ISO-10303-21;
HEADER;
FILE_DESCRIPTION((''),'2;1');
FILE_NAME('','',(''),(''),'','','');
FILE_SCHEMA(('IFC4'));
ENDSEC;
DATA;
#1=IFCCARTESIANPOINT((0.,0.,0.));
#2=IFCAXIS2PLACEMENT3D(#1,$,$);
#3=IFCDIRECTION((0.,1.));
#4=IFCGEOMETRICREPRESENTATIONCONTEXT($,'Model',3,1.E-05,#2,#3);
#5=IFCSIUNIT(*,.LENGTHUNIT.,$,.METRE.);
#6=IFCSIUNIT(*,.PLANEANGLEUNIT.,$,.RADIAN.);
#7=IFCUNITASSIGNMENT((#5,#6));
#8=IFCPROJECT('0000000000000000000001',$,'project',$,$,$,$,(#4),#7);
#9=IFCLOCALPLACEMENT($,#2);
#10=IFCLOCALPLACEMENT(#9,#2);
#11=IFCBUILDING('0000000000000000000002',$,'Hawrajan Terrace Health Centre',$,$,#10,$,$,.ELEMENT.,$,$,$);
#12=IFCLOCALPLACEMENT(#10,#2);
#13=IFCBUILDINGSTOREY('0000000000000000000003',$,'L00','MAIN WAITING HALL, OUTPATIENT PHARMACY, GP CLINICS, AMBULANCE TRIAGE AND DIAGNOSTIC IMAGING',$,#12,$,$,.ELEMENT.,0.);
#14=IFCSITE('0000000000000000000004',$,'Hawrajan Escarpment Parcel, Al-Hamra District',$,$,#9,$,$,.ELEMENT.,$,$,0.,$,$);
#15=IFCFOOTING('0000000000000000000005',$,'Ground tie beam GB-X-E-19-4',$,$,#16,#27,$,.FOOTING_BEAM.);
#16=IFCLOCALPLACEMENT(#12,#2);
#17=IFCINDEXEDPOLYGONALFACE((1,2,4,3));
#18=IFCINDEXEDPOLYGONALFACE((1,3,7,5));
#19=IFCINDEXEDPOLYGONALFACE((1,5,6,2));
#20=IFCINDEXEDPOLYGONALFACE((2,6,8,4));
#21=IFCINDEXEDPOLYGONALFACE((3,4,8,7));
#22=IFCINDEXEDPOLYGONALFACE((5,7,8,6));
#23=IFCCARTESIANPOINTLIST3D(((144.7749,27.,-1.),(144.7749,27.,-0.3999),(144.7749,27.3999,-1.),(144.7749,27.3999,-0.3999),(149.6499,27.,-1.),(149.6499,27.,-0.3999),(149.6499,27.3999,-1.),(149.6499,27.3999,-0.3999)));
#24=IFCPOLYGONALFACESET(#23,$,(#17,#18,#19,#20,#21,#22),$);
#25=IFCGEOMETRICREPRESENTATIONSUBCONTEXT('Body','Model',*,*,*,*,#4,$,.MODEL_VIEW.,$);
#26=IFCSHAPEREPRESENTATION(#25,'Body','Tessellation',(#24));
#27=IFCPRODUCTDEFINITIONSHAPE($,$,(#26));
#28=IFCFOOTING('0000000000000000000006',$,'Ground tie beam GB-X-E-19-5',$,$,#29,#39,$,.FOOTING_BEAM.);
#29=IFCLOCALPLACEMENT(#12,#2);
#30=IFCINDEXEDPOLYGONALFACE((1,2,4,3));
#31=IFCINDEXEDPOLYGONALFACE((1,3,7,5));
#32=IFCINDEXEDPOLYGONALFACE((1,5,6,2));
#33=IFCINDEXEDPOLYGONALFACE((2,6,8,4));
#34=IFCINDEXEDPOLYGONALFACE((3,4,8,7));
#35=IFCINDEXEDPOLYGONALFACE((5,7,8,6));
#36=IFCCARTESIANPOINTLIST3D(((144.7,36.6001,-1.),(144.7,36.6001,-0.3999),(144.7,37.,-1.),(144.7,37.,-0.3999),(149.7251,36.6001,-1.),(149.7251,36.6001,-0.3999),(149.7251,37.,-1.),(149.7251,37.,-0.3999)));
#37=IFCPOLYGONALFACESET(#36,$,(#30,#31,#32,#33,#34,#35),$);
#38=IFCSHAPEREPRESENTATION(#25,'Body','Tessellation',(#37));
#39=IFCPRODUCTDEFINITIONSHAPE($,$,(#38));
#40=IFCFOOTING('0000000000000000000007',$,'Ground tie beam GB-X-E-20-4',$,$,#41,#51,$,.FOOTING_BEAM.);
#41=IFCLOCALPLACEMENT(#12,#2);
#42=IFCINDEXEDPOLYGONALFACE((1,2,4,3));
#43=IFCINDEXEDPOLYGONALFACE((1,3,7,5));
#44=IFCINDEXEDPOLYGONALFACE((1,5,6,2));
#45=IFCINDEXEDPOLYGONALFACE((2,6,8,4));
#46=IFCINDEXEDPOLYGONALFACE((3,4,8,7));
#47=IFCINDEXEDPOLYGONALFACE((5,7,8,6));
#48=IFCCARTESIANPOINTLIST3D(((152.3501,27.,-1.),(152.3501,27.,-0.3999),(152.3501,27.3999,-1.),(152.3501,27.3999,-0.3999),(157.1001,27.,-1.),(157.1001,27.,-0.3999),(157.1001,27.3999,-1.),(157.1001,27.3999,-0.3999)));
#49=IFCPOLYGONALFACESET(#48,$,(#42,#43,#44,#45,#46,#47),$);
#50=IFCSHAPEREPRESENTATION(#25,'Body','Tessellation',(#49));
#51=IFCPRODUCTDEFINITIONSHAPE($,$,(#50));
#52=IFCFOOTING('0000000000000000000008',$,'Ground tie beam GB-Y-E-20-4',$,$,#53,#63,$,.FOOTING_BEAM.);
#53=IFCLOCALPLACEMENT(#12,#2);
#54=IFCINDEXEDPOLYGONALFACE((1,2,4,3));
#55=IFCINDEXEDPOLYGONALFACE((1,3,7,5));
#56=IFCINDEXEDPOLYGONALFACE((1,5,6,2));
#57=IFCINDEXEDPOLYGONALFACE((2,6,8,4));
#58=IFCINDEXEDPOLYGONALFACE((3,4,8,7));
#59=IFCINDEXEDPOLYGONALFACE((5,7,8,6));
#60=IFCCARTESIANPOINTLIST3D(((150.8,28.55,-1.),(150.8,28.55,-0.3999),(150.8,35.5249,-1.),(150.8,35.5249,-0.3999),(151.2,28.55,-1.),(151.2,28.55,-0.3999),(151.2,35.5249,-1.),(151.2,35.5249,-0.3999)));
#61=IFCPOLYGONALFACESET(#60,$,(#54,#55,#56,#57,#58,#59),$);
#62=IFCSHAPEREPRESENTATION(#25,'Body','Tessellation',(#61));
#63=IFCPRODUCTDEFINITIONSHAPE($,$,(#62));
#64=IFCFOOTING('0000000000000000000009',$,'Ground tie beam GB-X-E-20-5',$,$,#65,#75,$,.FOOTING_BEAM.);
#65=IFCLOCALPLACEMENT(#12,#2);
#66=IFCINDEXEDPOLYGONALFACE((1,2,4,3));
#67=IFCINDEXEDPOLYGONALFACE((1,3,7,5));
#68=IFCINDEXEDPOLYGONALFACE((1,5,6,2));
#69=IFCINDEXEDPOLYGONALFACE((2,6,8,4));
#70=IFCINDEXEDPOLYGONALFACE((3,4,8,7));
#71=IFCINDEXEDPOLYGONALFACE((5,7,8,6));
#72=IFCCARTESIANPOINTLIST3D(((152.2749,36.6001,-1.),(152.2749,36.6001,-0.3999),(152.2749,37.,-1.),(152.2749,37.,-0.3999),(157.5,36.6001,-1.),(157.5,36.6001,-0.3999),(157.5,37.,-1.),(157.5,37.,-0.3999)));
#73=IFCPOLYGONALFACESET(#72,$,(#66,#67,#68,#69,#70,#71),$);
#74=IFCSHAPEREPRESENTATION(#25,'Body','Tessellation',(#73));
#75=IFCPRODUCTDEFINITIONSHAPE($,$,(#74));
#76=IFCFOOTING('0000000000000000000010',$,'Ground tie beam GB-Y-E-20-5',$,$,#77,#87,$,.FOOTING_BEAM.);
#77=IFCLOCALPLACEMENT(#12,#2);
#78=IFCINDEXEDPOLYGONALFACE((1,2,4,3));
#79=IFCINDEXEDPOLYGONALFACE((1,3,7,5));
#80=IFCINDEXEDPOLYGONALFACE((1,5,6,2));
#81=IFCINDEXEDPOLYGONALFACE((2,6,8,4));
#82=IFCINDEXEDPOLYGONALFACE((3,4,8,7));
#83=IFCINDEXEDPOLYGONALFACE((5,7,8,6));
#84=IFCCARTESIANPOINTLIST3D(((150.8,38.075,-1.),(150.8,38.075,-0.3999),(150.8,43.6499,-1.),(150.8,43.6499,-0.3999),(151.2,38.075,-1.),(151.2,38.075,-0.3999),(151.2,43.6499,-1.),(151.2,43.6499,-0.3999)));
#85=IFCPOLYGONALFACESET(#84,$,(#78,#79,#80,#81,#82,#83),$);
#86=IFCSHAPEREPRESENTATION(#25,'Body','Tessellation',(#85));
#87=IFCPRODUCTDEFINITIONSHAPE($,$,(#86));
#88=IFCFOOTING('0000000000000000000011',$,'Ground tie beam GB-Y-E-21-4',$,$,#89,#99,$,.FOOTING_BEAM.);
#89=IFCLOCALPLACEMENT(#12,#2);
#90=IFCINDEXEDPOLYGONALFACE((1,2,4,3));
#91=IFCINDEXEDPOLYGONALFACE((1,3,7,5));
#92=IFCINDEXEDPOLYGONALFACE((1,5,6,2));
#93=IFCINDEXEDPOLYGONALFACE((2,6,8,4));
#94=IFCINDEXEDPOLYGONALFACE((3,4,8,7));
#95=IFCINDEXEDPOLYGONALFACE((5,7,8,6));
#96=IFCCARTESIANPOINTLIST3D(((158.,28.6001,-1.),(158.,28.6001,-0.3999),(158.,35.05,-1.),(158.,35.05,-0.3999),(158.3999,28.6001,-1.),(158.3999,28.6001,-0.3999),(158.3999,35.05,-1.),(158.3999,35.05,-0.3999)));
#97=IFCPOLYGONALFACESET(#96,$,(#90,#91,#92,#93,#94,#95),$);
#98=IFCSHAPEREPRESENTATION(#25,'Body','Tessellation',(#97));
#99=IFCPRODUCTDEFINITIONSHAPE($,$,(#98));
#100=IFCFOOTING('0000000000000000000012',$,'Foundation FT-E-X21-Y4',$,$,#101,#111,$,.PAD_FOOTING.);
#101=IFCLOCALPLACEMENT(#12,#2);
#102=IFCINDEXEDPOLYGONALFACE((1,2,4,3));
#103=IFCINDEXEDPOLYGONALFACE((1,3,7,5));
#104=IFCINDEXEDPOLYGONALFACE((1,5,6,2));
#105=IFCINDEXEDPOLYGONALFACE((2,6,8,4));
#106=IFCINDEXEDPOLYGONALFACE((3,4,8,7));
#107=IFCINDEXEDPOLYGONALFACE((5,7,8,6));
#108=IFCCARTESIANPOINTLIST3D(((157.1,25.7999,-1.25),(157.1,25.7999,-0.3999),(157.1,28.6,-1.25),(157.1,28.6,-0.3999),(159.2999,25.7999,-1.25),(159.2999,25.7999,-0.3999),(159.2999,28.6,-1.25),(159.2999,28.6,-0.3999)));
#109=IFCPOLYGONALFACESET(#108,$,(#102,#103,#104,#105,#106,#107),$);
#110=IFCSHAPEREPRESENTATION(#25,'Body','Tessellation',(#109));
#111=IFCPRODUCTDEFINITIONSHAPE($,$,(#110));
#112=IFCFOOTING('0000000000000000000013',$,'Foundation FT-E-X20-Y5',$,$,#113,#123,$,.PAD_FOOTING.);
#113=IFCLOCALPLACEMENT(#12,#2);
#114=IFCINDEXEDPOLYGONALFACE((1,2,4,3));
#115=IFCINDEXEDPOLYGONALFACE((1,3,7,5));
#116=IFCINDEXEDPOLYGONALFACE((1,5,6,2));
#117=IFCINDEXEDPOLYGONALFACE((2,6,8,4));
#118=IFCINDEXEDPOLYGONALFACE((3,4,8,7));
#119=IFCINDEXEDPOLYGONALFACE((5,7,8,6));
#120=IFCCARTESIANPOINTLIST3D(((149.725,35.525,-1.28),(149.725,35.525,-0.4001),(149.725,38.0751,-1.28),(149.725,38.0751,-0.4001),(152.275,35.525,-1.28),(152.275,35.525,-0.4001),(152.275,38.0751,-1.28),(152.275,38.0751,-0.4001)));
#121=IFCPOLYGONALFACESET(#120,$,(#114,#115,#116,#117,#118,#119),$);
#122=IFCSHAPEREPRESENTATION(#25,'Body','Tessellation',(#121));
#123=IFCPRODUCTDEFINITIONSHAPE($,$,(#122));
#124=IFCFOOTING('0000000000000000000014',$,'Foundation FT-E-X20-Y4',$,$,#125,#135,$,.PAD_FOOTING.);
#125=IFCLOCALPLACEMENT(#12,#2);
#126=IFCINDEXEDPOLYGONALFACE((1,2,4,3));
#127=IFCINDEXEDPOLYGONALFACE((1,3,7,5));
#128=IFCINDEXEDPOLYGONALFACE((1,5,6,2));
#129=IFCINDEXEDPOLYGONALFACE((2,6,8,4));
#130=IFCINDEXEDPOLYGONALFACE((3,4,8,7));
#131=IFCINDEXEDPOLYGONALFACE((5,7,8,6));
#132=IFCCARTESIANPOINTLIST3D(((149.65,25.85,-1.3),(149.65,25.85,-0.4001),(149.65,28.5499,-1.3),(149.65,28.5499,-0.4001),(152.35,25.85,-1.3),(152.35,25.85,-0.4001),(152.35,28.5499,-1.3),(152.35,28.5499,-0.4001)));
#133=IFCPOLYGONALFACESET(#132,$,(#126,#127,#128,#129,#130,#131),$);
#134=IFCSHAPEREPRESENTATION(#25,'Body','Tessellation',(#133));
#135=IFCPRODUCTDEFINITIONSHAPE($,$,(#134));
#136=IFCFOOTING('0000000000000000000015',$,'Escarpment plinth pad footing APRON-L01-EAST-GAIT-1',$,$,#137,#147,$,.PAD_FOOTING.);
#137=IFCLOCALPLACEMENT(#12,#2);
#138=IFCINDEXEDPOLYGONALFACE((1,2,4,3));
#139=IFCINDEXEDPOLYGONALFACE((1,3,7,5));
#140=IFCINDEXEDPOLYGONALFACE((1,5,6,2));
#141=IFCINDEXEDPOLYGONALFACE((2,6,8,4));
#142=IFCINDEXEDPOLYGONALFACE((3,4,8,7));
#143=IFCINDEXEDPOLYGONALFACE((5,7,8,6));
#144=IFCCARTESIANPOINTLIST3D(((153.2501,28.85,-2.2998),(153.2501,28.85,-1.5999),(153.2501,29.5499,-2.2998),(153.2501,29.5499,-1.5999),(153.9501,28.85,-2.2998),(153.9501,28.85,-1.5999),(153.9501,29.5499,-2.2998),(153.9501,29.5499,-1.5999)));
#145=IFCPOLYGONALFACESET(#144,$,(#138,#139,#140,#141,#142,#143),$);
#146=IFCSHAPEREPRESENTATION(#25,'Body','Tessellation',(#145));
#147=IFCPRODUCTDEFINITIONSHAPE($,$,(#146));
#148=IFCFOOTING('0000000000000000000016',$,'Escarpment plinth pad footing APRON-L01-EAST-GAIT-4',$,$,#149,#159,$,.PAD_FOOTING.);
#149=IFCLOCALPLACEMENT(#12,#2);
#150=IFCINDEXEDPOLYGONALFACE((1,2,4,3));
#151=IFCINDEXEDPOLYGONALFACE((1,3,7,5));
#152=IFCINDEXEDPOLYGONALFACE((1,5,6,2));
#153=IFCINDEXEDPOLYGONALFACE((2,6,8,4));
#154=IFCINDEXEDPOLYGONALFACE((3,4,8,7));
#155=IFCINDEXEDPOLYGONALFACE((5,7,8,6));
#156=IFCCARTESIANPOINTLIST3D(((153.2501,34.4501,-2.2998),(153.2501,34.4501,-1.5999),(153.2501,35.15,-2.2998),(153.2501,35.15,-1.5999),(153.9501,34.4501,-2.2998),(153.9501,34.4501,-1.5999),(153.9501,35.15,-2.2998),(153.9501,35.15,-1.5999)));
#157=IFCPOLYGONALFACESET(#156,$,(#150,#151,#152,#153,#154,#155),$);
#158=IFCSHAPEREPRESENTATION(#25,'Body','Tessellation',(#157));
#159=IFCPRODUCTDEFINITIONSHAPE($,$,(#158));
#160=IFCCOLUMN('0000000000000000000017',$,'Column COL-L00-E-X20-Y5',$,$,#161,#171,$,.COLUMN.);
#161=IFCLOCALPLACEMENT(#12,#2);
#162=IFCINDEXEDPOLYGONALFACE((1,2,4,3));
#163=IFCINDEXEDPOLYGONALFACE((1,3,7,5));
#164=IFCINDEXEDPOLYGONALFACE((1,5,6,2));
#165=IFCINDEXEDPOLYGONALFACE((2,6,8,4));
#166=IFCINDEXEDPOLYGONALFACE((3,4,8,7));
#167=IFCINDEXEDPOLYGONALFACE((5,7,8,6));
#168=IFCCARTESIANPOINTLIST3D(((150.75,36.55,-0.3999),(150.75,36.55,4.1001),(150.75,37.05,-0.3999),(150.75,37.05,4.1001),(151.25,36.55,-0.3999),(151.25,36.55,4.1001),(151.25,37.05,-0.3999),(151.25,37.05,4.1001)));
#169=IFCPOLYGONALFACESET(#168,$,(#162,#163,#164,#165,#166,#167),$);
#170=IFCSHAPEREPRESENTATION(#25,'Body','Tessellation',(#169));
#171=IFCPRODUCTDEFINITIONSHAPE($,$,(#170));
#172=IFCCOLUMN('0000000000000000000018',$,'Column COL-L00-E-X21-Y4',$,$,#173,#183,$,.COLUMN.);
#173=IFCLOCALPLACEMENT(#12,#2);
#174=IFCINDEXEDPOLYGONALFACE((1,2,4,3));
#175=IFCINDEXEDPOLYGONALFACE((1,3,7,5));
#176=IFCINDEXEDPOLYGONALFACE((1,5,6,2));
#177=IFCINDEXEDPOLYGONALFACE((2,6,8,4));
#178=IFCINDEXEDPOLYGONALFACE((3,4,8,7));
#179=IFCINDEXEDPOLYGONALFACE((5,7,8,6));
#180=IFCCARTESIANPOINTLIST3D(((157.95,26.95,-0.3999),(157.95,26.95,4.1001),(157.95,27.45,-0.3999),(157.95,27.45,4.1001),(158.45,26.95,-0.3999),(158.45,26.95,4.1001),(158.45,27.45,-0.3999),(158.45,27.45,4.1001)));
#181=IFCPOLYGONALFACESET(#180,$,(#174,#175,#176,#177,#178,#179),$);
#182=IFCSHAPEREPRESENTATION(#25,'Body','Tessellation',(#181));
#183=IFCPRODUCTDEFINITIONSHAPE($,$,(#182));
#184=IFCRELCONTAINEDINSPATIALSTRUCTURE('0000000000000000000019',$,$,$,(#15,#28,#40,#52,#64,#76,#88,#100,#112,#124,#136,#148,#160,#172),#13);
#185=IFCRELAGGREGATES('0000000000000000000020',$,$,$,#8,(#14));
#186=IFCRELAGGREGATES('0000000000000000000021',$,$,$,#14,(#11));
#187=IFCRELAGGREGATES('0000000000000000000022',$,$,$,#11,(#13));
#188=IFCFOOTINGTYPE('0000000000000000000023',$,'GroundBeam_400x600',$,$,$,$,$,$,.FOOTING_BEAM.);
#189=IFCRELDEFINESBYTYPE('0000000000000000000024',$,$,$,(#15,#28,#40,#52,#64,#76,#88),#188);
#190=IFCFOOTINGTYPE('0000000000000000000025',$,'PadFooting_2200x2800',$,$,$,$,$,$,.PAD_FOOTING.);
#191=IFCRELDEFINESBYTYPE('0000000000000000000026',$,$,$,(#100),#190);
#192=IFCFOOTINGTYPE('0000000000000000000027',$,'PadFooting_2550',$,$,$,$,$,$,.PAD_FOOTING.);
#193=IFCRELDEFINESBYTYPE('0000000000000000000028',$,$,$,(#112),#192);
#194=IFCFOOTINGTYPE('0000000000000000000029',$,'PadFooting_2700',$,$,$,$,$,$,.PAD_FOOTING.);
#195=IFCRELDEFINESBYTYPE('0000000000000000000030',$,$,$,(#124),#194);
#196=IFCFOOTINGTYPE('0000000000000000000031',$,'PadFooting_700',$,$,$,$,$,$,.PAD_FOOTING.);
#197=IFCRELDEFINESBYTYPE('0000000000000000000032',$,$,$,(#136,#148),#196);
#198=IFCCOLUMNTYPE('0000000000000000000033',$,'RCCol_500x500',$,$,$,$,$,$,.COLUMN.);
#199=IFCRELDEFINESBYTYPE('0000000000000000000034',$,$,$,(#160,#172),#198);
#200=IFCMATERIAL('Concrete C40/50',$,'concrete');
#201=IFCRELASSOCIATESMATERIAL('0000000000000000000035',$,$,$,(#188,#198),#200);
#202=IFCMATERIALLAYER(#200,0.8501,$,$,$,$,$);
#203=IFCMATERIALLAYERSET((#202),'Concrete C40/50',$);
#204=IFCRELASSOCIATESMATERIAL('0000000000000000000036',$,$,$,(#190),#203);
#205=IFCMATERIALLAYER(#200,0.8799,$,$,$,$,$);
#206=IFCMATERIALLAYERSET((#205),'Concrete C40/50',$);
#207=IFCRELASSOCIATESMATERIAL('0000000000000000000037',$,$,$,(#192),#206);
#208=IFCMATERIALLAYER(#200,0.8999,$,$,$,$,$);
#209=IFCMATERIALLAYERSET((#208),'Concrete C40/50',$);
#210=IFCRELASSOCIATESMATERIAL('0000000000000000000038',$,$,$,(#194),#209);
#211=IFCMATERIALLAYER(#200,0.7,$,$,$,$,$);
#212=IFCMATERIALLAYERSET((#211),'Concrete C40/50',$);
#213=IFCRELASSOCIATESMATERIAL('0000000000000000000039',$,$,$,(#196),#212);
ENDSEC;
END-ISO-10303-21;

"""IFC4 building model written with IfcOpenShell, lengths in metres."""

from ifc_helpers import new_model, si_unit, direction, frame, origin, origin_2d, place, context, subcontext, project, spatial, rectangle, extrude, material, layer, layer_set, material_profile, profile_set, type_object, element, save


model = new_model("IFC4")

# Units and contexts
model_context = context("Model", 3, precision=1e-05, world=origin(), true_north=direction((0.0, 1.0)))
body_context = subcontext(model_context, "Body", "Model", "MODEL_VIEW")
ifc_project = project(units=[si_unit("LENGTHUNIT", "METRE"), si_unit("PLANEANGLEUNIT", "RADIAN")], contexts=[model_context])

# Site, building, storey
site_placement = place(None, origin())
site = spatial("IfcSite", under=ifc_project, at=site_placement, Name="Hawrajan Escarpment Parcel, Al-Hamra District", CompositionType="ELEMENT", RefElevation=0.0)
building_placement = place(site_placement, origin())
building = spatial("IfcBuilding", under=site, at=building_placement, Name="Hawrajan Terrace Health Centre", CompositionType="ELEMENT")
storey_placement = place(building_placement, origin())
storey = spatial("IfcBuildingStorey", under=building, at=storey_placement, Name="L00", Description="MAIN WAITING HALL, OUTPATIENT PHARMACY, GP CLINICS, AMBULANCE TRIAGE AND DIAGNOSTIC IMAGING", CompositionType="ELEMENT", Elevation=0.0)

# Footings
ifc_material_1 = material(Name="Concrete C40/50", Category="concrete")
ifc_material_profile_1 = material_profile(ifc_material_1, rectangle(XDim=0.3999, YDim=0.6001, at=origin_2d()), Name="RC BM 400x600")
ifc_profile_set_1 = profile_set([ifc_material_profile_1], Name="Concrete C40/50")
footing_type_1 = type_object("IfcFootingType", Name="GroundBeam_400x600", PredefinedType="FOOTING_BEAM", material=ifc_profile_set_1)
footing_1_placement = place(storey_placement, frame((144.7749, 27.2, -0.7), z_axis=(1.0, 0.0, 0.0), x_axis=(0.0, 1.0, 0.0)))
element("IfcFooting", 1, at=footing_1_placement, inside=storey, type_object=footing_type_1, Name="Ground tie beam GB-X-E-19-4", PredefinedType="FOOTING_BEAM", context=body_context, shape_type="SweptSolid", body=[
    extrude(rectangle(XDim=0.3999, YDim=0.6001, at=origin_2d()), origin(), (0.0, 0.0, 1.0), 4.875),
])
footing_2_placement = place(storey_placement, frame((144.7, 36.8, -0.7), z_axis=(1.0, 0.0, 0.0), x_axis=(0.0, 1.0, 0.0)))
element("IfcFooting", 2, at=footing_2_placement, inside=storey, type_object=footing_type_1, Name="Ground tie beam GB-X-E-19-5", PredefinedType="FOOTING_BEAM", context=body_context, shape_type="SweptSolid", body=[
    extrude(rectangle(XDim=0.3999, YDim=0.6001, at=origin_2d()), origin(), (0.0, 0.0, 1.0), 5.0251),
])
footing_3_placement = place(storey_placement, frame((152.3501, 27.2, -0.7), z_axis=(1.0, 0.0, 0.0), x_axis=(0.0, 1.0, 0.0)))
element("IfcFooting", 3, at=footing_3_placement, inside=storey, type_object=footing_type_1, Name="Ground tie beam GB-X-E-20-4", PredefinedType="FOOTING_BEAM", context=body_context, shape_type="SweptSolid", body=[
    extrude(rectangle(XDim=0.3999, YDim=0.6001, at=origin_2d()), origin(), (0.0, 0.0, 1.0), 4.75),
])
footing_4_placement = place(storey_placement, frame((151.0, 28.55, -0.7), z_axis=(0.0, 1.0, 0.0), x_axis=(-1.0, 0.0, 0.0)))
element("IfcFooting", 4, at=footing_4_placement, inside=storey, type_object=footing_type_1, Name="Ground tie beam GB-Y-E-20-4", PredefinedType="FOOTING_BEAM", context=body_context, shape_type="SweptSolid", body=[
    extrude(rectangle(XDim=0.3999, YDim=0.6001, at=origin_2d()), origin(), (0.0, 0.0, 1.0), 6.9749),
])
footing_5_placement = place(storey_placement, frame((152.2749, 36.8, -0.7), z_axis=(1.0, 0.0, 0.0), x_axis=(0.0, 1.0, 0.0)))
element("IfcFooting", 5, at=footing_5_placement, inside=storey, type_object=footing_type_1, Name="Ground tie beam GB-X-E-20-5", PredefinedType="FOOTING_BEAM", context=body_context, shape_type="SweptSolid", body=[
    extrude(rectangle(XDim=0.3999, YDim=0.6001, at=origin_2d()), origin(), (0.0, 0.0, 1.0), 5.2251),
])
footing_6_placement = place(storey_placement, frame((151.0, 38.075, -0.7), z_axis=(0.0, 1.0, 0.0), x_axis=(-1.0, 0.0, 0.0)))
element("IfcFooting", 6, at=footing_6_placement, inside=storey, type_object=footing_type_1, Name="Ground tie beam GB-Y-E-20-5", PredefinedType="FOOTING_BEAM", context=body_context, shape_type="SweptSolid", body=[
    extrude(rectangle(XDim=0.3999, YDim=0.6001, at=origin_2d()), origin(), (0.0, 0.0, 1.0), 5.575),
])
footing_7_placement = place(storey_placement, frame((158.2, 28.6001, -0.7), z_axis=(0.0, 1.0, 0.0), x_axis=(-1.0, 0.0, 0.0)))
element("IfcFooting", 7, at=footing_7_placement, inside=storey, type_object=footing_type_1, Name="Ground tie beam GB-Y-E-21-4", PredefinedType="FOOTING_BEAM", context=body_context, shape_type="SweptSolid", body=[
    extrude(rectangle(XDim=0.3999, YDim=0.6001, at=origin_2d()), origin(), (0.0, 0.0, 1.0), 6.45),
])
ifc_layer_1 = layer(ifc_material_1, 0.8501)
ifc_layer_set_1 = layer_set([ifc_layer_1], Name="Concrete C40/50")
footing_type_2 = type_object("IfcFootingType", Name="PadFooting_2200x2800", PredefinedType="PAD_FOOTING", material=ifc_layer_set_1)
footing_8_placement = place(storey_placement, frame((158.2, 27.2, -1.25), z_axis=(0.0, 0.0, 1.0), x_axis=(1.0, 0.0, 0.0)))
element("IfcFooting", 8, at=footing_8_placement, inside=storey, type_object=footing_type_2, Name="Foundation FT-E-X21-Y4", PredefinedType="PAD_FOOTING", context=body_context, shape_type="SweptSolid", body=[
    extrude(rectangle(XDim=2.2, YDim=2.8, at=origin_2d()), origin(), (0.0, 0.0, 1.0), 0.8501),
])
ifc_layer_2 = layer(ifc_material_1, 0.8799)
ifc_layer_set_2 = layer_set([ifc_layer_2], Name="Concrete C40/50")
footing_type_3 = type_object("IfcFootingType", Name="PadFooting_2550", PredefinedType="PAD_FOOTING", material=ifc_layer_set_2)
footing_9_placement = place(storey_placement, frame((151.0, 36.8, -1.28), z_axis=(0.0, 0.0, 1.0), x_axis=(1.0, 0.0, 0.0)))
element("IfcFooting", 9, at=footing_9_placement, inside=storey, type_object=footing_type_3, Name="Foundation FT-E-X20-Y5", PredefinedType="PAD_FOOTING", context=body_context, shape_type="SweptSolid", body=[
    extrude(rectangle(XDim=2.55, YDim=2.55, at=origin_2d()), origin(), (0.0, 0.0, 1.0), 0.8799),
])
ifc_layer_3 = layer(ifc_material_1, 0.8999)
ifc_layer_set_3 = layer_set([ifc_layer_3], Name="Concrete C40/50")
footing_type_4 = type_object("IfcFootingType", Name="PadFooting_2700", PredefinedType="PAD_FOOTING", material=ifc_layer_set_3)
footing_10_placement = place(storey_placement, frame((151.0, 27.2, -1.3), z_axis=(0.0, 0.0, 1.0), x_axis=(1.0, 0.0, 0.0)))
element("IfcFooting", 10, at=footing_10_placement, inside=storey, type_object=footing_type_4, Name="Foundation FT-E-X20-Y4", PredefinedType="PAD_FOOTING", context=body_context, shape_type="SweptSolid", body=[
    extrude(rectangle(XDim=2.7, YDim=2.7, at=origin_2d()), origin(), (0.0, 0.0, 1.0), 0.8999),
])
ifc_layer_4 = layer(ifc_material_1, 0.7)
ifc_layer_set_4 = layer_set([ifc_layer_4], Name="Concrete C40/50")
footing_type_5 = type_object("IfcFootingType", Name="PadFooting_700", PredefinedType="PAD_FOOTING", material=ifc_layer_set_4)
for number, where, z_axis, x_axis, name in (
    (11, (153.6001, 29.2, -2.2998), (0.0, 0.0, 1.0), (1.0, 0.0, 0.0), "Escarpment plinth pad footing APRON-L01-EAST-GAIT-1"),
    (12, (153.6001, 34.8, -2.2998), (0.0, 0.0, 1.0), (1.0, 0.0, 0.0), "Escarpment plinth pad footing APRON-L01-EAST-GAIT-4"),
):
    element("IfcFooting", number, at=place(storey_placement, frame(where, z_axis=z_axis, x_axis=x_axis)), inside=storey, type_object=footing_type_5, Name=name, PredefinedType="PAD_FOOTING", context=body_context, shape_type="SweptSolid", body=[
        extrude(rectangle(XDim=0.7, YDim=0.7, at=origin_2d()), origin(), (0.0, 0.0, 1.0), 0.7),
    ])

# Columns
ifc_material_profile_2 = material_profile(ifc_material_1, rectangle(XDim=0.5, YDim=0.5, at=origin_2d()), Name="RC 500x500")
ifc_profile_set_2 = profile_set([ifc_material_profile_2], Name="Concrete C40/50")
column_type_1 = type_object("IfcColumnType", Name="RCCol_500x500", PredefinedType="COLUMN", material=ifc_profile_set_2)
for number, where, z_axis, x_axis, name in (
    (13, (151.0, 36.8, -0.3999), (0.0, 0.0, 1.0), (1.0, 0.0, 0.0), "Column COL-L00-E-X20-Y5"),
    (14, (158.2, 27.2, -0.3999), (0.0, 0.0, 1.0), (1.0, 0.0, 0.0), "Column COL-L00-E-X21-Y4"),
):
    element("IfcColumn", number, at=place(storey_placement, frame(where, z_axis=z_axis, x_axis=x_axis)), inside=storey, type_object=column_type_1, Name=name, PredefinedType="COLUMN", context=body_context, shape_type="SweptSolid", body=[
        extrude(rectangle(XDim=0.5, YDim=0.5, at=origin_2d()), origin(), (0.0, 0.0, 1.0), 4.5),
    ])

save(model, "model.ifc")
